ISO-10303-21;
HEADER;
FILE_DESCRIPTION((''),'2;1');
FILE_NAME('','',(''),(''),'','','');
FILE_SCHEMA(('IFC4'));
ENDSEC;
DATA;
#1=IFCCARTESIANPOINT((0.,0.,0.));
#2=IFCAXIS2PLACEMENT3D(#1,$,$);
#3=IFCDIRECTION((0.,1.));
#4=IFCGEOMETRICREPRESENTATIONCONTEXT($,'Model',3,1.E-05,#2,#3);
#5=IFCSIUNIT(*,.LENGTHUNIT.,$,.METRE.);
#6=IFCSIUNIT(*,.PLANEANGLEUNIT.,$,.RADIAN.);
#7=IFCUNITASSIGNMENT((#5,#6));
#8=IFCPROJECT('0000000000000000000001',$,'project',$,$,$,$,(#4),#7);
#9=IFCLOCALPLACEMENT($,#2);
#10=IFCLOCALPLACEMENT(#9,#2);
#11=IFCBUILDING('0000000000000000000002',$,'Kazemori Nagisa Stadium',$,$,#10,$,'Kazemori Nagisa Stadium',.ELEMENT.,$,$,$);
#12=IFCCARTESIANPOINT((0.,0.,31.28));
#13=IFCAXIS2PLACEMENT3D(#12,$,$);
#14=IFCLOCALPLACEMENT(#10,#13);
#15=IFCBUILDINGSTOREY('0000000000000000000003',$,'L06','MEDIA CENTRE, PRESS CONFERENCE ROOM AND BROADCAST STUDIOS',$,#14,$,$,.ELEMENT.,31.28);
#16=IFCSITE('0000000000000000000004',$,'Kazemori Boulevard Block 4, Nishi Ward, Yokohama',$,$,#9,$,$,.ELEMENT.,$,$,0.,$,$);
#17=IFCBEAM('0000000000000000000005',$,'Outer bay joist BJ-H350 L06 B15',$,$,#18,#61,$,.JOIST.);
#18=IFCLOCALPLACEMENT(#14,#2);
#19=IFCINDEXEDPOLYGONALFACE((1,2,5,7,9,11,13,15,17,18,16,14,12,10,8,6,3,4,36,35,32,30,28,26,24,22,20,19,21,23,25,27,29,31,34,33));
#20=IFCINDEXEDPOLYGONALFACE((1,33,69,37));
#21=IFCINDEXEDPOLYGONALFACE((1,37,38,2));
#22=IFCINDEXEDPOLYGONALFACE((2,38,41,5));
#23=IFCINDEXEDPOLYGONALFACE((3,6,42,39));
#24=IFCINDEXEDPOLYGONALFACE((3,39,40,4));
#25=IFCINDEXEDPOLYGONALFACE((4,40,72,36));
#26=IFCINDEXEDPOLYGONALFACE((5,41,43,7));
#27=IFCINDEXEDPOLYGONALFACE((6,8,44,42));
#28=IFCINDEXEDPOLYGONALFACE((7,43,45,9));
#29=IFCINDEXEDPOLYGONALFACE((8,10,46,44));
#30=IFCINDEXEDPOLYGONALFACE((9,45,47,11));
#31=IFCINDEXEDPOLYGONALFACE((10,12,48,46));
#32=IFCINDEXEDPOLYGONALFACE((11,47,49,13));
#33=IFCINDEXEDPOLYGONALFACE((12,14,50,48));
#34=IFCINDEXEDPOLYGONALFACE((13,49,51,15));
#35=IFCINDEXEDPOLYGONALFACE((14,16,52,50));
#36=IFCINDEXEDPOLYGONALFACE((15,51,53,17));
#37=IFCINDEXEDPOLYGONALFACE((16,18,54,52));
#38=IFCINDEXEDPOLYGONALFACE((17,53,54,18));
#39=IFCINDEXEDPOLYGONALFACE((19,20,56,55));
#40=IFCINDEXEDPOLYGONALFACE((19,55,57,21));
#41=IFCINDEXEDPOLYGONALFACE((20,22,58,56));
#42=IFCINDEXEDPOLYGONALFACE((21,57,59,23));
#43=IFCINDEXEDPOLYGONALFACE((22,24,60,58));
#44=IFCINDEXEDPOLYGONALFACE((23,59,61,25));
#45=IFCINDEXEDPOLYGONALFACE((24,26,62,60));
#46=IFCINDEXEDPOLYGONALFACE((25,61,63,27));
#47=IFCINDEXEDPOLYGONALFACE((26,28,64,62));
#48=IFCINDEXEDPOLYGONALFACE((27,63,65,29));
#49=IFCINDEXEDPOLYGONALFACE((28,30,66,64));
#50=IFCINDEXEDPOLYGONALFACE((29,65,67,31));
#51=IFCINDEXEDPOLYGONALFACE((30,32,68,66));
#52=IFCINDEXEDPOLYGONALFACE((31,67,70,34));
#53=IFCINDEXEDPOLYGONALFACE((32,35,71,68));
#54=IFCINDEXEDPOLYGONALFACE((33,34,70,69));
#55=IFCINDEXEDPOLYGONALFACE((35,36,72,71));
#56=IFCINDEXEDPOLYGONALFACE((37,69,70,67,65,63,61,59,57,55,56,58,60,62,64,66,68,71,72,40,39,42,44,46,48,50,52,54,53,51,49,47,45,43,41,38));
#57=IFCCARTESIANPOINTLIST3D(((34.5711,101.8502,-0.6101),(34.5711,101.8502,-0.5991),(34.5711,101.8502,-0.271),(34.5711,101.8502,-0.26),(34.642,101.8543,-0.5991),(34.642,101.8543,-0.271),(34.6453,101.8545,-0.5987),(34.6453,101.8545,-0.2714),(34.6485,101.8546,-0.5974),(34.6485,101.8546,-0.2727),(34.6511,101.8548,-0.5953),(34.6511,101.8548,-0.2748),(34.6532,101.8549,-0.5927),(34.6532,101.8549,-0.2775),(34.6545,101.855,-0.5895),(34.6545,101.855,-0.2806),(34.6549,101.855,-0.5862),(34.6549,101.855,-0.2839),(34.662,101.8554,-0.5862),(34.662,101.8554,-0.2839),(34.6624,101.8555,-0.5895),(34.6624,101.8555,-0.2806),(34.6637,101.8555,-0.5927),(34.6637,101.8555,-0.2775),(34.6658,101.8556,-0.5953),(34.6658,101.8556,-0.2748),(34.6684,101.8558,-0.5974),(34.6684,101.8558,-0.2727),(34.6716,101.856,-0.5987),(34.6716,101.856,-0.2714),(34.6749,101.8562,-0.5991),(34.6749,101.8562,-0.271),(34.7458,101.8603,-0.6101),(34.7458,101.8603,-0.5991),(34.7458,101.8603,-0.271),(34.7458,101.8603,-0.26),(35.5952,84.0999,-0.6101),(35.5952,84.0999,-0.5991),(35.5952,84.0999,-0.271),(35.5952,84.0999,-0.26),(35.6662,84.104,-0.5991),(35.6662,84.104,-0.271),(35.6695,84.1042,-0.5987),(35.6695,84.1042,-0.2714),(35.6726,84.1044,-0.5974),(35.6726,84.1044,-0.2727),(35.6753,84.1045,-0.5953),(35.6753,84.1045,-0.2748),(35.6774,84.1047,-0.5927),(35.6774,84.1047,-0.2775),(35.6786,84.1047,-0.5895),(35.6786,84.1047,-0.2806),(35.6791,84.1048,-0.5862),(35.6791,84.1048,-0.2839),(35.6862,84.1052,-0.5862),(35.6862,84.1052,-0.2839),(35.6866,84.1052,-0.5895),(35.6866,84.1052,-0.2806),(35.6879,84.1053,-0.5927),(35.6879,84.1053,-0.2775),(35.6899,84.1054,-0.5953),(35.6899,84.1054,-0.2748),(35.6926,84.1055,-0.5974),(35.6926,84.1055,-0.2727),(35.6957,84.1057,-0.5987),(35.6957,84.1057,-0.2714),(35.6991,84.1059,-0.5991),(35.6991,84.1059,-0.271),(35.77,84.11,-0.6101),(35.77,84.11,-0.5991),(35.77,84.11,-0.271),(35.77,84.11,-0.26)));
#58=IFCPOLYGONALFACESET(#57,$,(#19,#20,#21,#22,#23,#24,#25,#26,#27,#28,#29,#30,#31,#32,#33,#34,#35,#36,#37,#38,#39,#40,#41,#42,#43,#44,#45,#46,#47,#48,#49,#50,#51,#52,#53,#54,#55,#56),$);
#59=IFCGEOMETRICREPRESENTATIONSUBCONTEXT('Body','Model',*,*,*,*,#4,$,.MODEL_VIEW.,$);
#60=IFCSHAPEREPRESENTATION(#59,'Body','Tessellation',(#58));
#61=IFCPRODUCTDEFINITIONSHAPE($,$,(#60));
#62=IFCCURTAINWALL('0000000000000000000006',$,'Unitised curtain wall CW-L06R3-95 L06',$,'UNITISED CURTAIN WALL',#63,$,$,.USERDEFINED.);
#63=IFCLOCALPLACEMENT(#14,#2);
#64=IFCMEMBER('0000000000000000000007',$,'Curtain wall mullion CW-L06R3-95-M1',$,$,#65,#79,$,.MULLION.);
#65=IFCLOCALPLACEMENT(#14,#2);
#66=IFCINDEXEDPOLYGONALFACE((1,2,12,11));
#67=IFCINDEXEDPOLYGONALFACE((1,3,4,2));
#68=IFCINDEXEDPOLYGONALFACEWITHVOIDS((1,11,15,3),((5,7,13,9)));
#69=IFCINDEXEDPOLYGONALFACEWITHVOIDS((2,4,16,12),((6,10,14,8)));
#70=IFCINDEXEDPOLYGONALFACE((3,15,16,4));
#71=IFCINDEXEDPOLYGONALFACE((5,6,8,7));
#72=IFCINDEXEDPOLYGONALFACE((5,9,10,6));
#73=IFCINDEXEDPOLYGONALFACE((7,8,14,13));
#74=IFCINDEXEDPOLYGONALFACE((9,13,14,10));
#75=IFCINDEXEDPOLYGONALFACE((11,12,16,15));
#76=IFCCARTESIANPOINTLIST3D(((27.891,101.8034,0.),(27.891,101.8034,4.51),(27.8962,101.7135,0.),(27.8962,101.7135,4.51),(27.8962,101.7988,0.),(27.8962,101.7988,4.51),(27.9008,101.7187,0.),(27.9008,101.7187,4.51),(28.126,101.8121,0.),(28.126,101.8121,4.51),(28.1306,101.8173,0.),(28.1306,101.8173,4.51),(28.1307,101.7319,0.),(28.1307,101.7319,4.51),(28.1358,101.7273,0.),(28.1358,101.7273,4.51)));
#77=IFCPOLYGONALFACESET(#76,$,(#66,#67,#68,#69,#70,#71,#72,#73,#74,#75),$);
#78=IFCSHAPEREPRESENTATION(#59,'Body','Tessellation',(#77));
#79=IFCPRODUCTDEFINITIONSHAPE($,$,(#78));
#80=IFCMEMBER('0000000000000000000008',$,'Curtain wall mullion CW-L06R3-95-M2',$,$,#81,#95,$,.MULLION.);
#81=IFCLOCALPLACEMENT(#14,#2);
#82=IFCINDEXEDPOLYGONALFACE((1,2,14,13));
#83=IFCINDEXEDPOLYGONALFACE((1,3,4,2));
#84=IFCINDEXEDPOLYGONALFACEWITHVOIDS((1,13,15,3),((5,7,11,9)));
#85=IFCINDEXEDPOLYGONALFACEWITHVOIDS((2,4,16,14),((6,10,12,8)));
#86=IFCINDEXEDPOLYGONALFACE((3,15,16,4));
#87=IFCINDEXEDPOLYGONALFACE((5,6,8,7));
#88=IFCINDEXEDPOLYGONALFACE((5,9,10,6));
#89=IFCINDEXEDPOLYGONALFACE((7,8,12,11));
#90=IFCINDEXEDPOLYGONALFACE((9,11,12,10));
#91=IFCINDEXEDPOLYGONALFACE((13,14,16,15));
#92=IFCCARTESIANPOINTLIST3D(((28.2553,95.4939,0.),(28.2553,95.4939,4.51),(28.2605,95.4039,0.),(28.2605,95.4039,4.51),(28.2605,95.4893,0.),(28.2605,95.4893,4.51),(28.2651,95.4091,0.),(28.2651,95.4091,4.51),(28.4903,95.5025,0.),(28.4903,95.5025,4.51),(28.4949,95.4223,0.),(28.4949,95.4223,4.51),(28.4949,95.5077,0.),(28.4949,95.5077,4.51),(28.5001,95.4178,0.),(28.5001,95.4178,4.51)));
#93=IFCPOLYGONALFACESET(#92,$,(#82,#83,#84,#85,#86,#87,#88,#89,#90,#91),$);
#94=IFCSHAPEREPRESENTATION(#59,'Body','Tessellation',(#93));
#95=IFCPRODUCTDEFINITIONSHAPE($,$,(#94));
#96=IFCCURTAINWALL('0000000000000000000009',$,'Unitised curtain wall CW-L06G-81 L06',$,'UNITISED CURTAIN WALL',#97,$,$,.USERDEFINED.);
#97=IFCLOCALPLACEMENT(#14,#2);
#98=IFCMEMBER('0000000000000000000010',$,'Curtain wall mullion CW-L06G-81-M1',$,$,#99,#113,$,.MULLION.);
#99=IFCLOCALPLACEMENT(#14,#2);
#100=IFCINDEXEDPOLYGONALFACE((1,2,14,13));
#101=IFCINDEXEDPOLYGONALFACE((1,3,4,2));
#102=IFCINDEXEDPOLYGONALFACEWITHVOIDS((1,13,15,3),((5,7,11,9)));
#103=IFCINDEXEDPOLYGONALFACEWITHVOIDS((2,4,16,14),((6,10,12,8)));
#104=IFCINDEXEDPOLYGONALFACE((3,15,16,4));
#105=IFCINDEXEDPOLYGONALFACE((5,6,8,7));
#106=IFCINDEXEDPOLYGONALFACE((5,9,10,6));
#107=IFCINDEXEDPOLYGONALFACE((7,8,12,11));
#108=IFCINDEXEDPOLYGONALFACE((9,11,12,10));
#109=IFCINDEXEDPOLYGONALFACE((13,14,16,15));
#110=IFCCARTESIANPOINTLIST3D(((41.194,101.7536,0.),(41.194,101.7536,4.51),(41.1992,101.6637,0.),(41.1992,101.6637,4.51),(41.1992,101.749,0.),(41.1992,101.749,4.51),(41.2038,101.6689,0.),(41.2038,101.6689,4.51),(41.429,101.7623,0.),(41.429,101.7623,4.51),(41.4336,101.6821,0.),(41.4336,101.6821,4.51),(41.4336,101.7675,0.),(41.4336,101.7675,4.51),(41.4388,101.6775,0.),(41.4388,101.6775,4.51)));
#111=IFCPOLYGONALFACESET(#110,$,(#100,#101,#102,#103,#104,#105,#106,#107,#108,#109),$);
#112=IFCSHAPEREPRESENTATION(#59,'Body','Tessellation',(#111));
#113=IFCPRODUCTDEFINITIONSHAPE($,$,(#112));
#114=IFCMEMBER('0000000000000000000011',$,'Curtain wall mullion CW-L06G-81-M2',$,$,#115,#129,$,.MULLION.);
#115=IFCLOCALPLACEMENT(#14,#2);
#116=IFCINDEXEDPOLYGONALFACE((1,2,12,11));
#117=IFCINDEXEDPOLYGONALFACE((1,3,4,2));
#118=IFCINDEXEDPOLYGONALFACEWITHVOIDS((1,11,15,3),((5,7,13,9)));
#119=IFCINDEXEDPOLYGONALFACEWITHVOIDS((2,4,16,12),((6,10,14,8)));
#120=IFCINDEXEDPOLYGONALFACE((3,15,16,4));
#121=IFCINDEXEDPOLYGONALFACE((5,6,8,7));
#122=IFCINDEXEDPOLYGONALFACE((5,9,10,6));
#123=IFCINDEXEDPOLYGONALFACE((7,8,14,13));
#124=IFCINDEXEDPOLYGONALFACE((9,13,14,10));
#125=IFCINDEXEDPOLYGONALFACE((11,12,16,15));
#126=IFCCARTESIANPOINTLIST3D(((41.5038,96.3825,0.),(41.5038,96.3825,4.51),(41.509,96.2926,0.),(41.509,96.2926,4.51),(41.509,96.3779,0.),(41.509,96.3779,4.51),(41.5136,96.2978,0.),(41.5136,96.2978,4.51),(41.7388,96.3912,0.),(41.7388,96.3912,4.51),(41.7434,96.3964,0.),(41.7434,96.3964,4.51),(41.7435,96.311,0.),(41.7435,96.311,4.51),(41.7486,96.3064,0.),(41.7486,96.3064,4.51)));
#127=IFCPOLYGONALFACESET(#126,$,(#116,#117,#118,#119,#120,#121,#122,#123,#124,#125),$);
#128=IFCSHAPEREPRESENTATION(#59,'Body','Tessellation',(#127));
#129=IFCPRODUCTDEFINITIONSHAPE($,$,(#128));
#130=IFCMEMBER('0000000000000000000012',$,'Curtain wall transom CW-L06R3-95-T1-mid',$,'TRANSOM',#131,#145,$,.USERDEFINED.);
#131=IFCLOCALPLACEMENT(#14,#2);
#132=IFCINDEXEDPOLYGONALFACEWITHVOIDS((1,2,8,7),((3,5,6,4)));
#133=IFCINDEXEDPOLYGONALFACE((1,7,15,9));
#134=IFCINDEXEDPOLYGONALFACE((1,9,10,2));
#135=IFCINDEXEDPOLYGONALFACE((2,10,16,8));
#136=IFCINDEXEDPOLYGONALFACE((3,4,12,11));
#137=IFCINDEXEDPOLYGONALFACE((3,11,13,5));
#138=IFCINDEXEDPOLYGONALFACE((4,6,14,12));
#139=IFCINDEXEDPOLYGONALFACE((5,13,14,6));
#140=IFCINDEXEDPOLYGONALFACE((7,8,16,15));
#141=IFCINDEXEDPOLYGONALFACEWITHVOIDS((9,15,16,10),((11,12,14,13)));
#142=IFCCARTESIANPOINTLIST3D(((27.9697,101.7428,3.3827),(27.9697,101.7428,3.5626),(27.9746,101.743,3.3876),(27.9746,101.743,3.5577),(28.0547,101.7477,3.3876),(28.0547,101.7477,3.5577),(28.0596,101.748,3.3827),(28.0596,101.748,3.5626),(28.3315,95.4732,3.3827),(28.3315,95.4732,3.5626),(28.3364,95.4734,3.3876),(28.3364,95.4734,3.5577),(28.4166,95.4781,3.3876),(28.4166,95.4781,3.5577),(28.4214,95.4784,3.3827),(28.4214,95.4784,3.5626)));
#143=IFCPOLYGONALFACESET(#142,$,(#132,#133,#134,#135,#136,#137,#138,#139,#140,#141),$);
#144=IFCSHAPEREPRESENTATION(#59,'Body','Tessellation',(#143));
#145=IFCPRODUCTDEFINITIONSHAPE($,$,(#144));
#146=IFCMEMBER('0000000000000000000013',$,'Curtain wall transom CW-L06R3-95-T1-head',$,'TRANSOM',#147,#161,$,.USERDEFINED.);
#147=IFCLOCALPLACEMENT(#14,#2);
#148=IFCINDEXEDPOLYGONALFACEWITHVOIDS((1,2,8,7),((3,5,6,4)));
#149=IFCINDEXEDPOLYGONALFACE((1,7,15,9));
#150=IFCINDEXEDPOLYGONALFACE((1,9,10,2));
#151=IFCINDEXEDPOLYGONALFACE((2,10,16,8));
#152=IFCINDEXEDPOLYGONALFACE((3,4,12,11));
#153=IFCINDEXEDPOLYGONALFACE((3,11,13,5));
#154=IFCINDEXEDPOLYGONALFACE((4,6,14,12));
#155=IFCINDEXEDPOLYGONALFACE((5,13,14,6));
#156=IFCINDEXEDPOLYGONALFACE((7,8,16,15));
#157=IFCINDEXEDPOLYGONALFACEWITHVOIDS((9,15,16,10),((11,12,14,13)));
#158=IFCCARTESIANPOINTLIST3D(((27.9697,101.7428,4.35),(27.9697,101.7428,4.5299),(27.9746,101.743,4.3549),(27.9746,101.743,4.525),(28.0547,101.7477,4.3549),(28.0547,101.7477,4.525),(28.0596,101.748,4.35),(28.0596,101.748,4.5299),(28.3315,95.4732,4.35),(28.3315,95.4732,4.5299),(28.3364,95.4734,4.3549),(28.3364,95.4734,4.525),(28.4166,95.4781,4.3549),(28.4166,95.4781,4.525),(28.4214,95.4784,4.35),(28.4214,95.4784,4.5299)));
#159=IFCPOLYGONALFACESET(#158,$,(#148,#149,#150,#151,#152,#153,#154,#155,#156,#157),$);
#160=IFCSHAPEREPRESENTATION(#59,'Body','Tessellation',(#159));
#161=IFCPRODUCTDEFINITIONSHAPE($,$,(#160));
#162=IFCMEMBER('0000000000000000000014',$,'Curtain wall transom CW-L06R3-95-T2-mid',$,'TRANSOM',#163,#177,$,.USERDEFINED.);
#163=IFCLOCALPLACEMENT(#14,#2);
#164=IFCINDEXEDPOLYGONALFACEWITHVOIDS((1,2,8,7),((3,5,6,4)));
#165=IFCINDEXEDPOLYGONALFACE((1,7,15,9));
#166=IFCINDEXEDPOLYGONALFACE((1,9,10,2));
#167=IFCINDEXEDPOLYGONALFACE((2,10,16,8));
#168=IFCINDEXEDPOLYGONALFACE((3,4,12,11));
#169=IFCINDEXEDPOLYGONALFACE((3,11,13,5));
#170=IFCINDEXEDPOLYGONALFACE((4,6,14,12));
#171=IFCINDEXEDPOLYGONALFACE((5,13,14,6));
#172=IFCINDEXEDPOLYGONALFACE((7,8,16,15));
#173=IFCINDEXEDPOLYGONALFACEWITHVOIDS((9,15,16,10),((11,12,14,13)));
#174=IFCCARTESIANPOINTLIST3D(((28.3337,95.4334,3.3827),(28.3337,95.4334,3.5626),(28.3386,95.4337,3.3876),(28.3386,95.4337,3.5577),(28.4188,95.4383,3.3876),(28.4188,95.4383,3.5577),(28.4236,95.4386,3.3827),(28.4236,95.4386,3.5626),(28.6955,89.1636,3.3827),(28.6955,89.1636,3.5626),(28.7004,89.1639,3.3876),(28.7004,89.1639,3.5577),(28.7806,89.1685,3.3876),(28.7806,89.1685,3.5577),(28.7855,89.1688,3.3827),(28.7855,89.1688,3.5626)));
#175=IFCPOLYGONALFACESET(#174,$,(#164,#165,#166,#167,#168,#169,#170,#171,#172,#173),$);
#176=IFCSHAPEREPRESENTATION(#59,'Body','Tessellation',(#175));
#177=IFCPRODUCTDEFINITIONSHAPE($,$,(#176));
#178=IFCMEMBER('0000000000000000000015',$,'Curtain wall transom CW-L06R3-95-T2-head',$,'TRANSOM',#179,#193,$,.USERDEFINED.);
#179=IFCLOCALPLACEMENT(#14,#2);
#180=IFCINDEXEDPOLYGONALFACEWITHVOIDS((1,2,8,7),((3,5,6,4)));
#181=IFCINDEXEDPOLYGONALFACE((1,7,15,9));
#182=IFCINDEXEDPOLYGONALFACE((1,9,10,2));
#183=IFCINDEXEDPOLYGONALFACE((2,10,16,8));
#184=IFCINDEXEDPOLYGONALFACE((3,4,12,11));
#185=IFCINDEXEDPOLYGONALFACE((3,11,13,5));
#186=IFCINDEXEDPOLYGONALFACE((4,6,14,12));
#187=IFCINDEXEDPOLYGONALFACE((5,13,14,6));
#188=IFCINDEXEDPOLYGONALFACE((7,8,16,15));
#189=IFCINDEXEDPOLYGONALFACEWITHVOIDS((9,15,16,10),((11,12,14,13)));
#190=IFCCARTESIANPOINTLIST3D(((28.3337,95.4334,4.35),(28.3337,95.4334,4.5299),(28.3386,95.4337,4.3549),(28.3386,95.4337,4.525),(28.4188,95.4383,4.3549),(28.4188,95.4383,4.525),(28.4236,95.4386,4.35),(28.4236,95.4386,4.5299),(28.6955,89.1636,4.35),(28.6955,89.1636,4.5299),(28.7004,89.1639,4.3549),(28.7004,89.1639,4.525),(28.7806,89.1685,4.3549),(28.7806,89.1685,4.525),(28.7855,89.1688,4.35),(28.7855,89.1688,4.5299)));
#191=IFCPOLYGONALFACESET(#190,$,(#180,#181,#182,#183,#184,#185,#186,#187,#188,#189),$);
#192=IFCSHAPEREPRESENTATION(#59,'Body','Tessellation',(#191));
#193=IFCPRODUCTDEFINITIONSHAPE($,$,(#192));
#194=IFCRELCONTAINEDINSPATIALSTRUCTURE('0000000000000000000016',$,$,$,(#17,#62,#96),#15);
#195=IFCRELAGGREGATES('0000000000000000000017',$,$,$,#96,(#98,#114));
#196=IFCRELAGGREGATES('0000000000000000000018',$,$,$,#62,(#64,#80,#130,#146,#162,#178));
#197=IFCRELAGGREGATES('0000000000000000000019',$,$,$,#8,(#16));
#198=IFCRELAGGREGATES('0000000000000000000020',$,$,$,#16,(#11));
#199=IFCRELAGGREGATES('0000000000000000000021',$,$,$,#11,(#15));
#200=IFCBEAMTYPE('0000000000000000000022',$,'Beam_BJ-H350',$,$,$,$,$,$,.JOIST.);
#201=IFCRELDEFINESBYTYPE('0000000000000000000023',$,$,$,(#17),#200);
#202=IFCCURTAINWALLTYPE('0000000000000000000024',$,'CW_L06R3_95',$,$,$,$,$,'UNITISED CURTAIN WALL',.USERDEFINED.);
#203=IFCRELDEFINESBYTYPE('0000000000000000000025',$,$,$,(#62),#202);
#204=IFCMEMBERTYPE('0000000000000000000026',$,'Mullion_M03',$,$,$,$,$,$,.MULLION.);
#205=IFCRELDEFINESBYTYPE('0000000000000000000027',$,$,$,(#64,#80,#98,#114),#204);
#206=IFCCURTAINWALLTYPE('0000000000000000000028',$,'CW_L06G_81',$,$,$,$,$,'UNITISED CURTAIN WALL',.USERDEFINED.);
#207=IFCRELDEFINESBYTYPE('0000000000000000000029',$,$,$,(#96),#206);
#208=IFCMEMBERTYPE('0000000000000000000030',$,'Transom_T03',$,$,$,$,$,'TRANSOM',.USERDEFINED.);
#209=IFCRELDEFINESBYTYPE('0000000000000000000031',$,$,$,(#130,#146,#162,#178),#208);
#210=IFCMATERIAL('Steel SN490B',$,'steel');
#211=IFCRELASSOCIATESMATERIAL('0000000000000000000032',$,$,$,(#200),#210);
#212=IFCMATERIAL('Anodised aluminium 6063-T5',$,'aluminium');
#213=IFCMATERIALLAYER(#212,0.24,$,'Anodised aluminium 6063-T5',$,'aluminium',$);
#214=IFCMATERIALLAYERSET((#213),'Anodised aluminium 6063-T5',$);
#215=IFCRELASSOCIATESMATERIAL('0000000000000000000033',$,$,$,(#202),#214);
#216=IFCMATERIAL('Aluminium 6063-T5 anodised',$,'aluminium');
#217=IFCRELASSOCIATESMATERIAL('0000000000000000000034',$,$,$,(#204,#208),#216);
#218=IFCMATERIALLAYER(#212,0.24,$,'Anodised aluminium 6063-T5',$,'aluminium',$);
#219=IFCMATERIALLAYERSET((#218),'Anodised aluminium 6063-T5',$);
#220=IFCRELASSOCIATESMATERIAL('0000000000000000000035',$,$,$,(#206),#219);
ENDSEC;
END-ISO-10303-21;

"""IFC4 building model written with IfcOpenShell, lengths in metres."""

from ifc_helpers import new_model, si_unit, direction, frame, origin, origin_2d, place, context, subcontext, project, spatial, hollow_rectangle, i_section, extrude, material, layer, layer_set, material_profile, profile_set, type_object, element, aggregate, save


model = new_model("IFC4")

# Units and contexts
model_context = context("Model", 3, precision=1e-05, world=origin(), true_north=direction((0.0, 1.0)))
body_context = subcontext(model_context, "Body", "Model", "MODEL_VIEW")
ifc_project = project(units=[si_unit("LENGTHUNIT", "METRE"), si_unit("PLANEANGLEUNIT", "RADIAN")], contexts=[model_context])

# Site, building, storey
site_placement = place(None, origin())
site = spatial("IfcSite", under=ifc_project, at=site_placement, Name="Kazemori Boulevard Block 4, Nishi Ward, Yokohama", CompositionType="ELEMENT", RefElevation=0.0)
building_placement = place(site_placement, origin())
building = spatial("IfcBuilding", under=site, at=building_placement, Name="Kazemori Nagisa Stadium", LongName="Kazemori Nagisa Stadium", CompositionType="ELEMENT")
storey_placement = place(building_placement, frame((0.0, 0.0, 31.28)))
storey = spatial("IfcBuildingStorey", under=building, at=storey_placement, Name="L06", Description="MEDIA CENTRE, PRESS CONFERENCE ROOM AND BROADCAST STUDIOS", CompositionType="ELEMENT", Elevation=31.28)

# Beam
ifc_material_1 = material(Name="Steel SN490B", Category="steel")
ifc_material_profile_1 = material_profile(ifc_material_1, i_section(OverallWidth=0.175, OverallDepth=0.3501, WebThickness=0.0071, FlangeThickness=0.011, FilletRadius=0.0129, at=origin_2d()), Name="H-350x175x7x11")
ifc_profile_set_1 = profile_set([ifc_material_profile_1], Name="Steel SN490B")
beam_type = type_object("IfcBeamType", Name="Beam_BJ-H350", PredefinedType="JOIST", material=ifc_profile_set_1)
beam_placement = place(storey_placement, frame((34.6584, 101.8552, -0.4351), z_axis=(0.057603, -0.99834, 0.0), x_axis=(0.99834, 0.057603, 0.0)))
element("IfcBeam", 1, at=beam_placement, inside=storey, type_object=beam_type, Name="Outer bay joist BJ-H350 L06 B15", PredefinedType="JOIST", context=body_context, shape_type="SweptSolid", body=[
    extrude(i_section(OverallWidth=0.175, OverallDepth=0.3501, WebThickness=0.0071, FlangeThickness=0.011, FilletRadius=0.0129, at=origin_2d()), origin(), (0.0, 0.0, 1.0), 17.7798),
])

# Curtain walls, members
ifc_material_2 = material(Name="Anodised aluminium 6063-T5", Category="aluminium")
ifc_layer_1 = layer(ifc_material_2, 0.24, Name="Anodised aluminium 6063-T5", Category="aluminium")
ifc_layer_set_1 = layer_set([ifc_layer_1], Name="Anodised aluminium 6063-T5")
curtain_wall_type_1 = type_object("IfcCurtainWallType", Name="CW_L06R3_95", ElementType="UNITISED CURTAIN WALL", PredefinedType="USERDEFINED", material=ifc_layer_set_1)
curtain_wall_1_placement = place(storey_placement, origin())
curtain_wall_1 = element("IfcCurtainWall", 2, at=curtain_wall_1_placement, inside=storey, type_object=curtain_wall_type_1, Name="Unitised curtain wall CW-L06R3-95 L06", ObjectType="UNITISED CURTAIN WALL", PredefinedType="USERDEFINED")
ifc_material_3 = material(Name="Aluminium 6063-T5 anodised", Category="aluminium")
ifc_material_profile_2 = material_profile(ifc_material_3, hollow_rectangle(XDim=0.0901, YDim=0.24, WallThickness=0.0049, at=origin_2d()), Name="ALU-MULL-90x240x5")
ifc_profile_set_2 = profile_set([ifc_material_profile_2], Name="Aluminium 6063-T5 anodised")
member_type_1 = type_object("IfcMemberType", Name="Mullion_M03", PredefinedType="MULLION", material=ifc_profile_set_2)
member_1_placement = place(storey_placement, frame((28.0134, 101.7654, 0.0), z_axis=(0.0, 0.0, 1.0), x_axis=(0.057602, -0.99834, 0.0)))
member_1 = element("IfcMember", 3, at=member_1_placement, type_object=member_type_1, Name="Curtain wall mullion CW-L06R3-95-M1", PredefinedType="MULLION", context=body_context, shape_type="SweptSolid", body=[
    extrude(hollow_rectangle(XDim=0.0901, YDim=0.24, WallThickness=0.0049, at=origin_2d()), origin(), (0.0, 0.0, 1.0), 4.51),
])
member_2_placement = place(storey_placement, frame((28.3777, 95.4558, 0.0), z_axis=(0.0, 0.0, 1.0), x_axis=(0.057602, -0.99834, 0.0)))
member_2 = element("IfcMember", 4, at=member_2_placement, type_object=member_type_1, Name="Curtain wall mullion CW-L06R3-95-M2", PredefinedType="MULLION", context=body_context, shape_type="SweptSolid", body=[
    extrude(hollow_rectangle(XDim=0.0901, YDim=0.24, WallThickness=0.0049, at=origin_2d()), origin(), (0.0, 0.0, 1.0), 4.51),
])
ifc_layer_2 = layer(ifc_material_2, 0.24, Name="Anodised aluminium 6063-T5", Category="aluminium")
ifc_layer_set_2 = layer_set([ifc_layer_2], Name="Anodised aluminium 6063-T5")
curtain_wall_type_2 = type_object("IfcCurtainWallType", Name="CW_L06G_81", ElementType="UNITISED CURTAIN WALL", PredefinedType="USERDEFINED", material=ifc_layer_set_2)
curtain_wall_2_placement = place(storey_placement, origin())
curtain_wall_2 = element("IfcCurtainWall", 5, at=curtain_wall_2_placement, inside=storey, type_object=curtain_wall_type_2, Name="Unitised curtain wall CW-L06G-81 L06", ObjectType="UNITISED CURTAIN WALL", PredefinedType="USERDEFINED")
member_3_placement = place(storey_placement, frame((41.3164, 101.7156, 0.0), z_axis=(0.0, 0.0, 1.0), x_axis=(0.057602, -0.99834, 0.0)))
member_3 = element("IfcMember", 6, at=member_3_placement, type_object=member_type_1, Name="Curtain wall mullion CW-L06G-81-M1", PredefinedType="MULLION", context=body_context, shape_type="SweptSolid", body=[
    extrude(hollow_rectangle(XDim=0.0901, YDim=0.24, WallThickness=0.0049, at=origin_2d()), origin(), (0.0, 0.0, 1.0), 4.51),
])
member_4_placement = place(storey_placement, frame((41.6262, 96.3445, 0.0), z_axis=(0.0, 0.0, 1.0), x_axis=(0.057602, -0.99834, 0.0)))
member_4 = element("IfcMember", 7, at=member_4_placement, type_object=member_type_1, Name="Curtain wall mullion CW-L06G-81-M2", PredefinedType="MULLION", context=body_context, shape_type="SweptSolid", body=[
    extrude(hollow_rectangle(XDim=0.0901, YDim=0.24, WallThickness=0.0049, at=origin_2d()), origin(), (0.0, 0.0, 1.0), 4.51),
])

# Members
ifc_material_profile_3 = material_profile(ifc_material_3, hollow_rectangle(XDim=0.0901, YDim=0.1799, WallThickness=0.0049, at=origin_2d()), Name="ALU-TRAN-90x180x5")
ifc_profile_set_3 = profile_set([ifc_material_profile_3], Name="Aluminium 6063-T5 anodised")
member_type_2 = type_object("IfcMemberType", Name="Transom_T03", ElementType="TRANSOM", PredefinedType="USERDEFINED", material=ifc_profile_set_3)
member_5_placement = place(storey_placement, frame((28.0146, 101.7454, 3.4727), z_axis=(0.057614, -0.998339, 0.0), x_axis=(0.998339, 0.057614, 0.0)))
member_5 = element("IfcMember", 8, at=member_5_placement, type_object=member_type_2, Name="Curtain wall transom CW-L06R3-95-T1-mid", ObjectType="TRANSOM", PredefinedType="USERDEFINED", context=body_context, shape_type="SweptSolid", body=[
    extrude(hollow_rectangle(XDim=0.0901, YDim=0.1799, WallThickness=0.0049, at=origin_2d()), origin(), (0.0, 0.0, 1.0), 6.28),
])
member_6_placement = place(storey_placement, frame((28.0146, 101.7454, 4.4399), z_axis=(0.057614, -0.998339, 0.0), x_axis=(0.998339, 0.057614, 0.0)))
member_6 = element("IfcMember", 9, at=member_6_placement, type_object=member_type_2, Name="Curtain wall transom CW-L06R3-95-T1-head", ObjectType="TRANSOM", PredefinedType="USERDEFINED", context=body_context, shape_type="SweptSolid", body=[
    extrude(hollow_rectangle(XDim=0.0901, YDim=0.1799, WallThickness=0.0049, at=origin_2d()), origin(), (0.0, 0.0, 1.0), 6.28),
])
member_7_placement = place(storey_placement, frame((28.3787, 95.436, 3.4727), z_axis=(0.057612, -0.998339, 0.0), x_axis=(0.998339, 0.057612, 0.0)))
member_7 = element("IfcMember", 10, at=member_7_placement, type_object=member_type_2, Name="Curtain wall transom CW-L06R3-95-T2-mid", ObjectType="TRANSOM", PredefinedType="USERDEFINED", context=body_context, shape_type="SweptSolid", body=[
    extrude(hollow_rectangle(XDim=0.0901, YDim=0.1799, WallThickness=0.0049, at=origin_2d()), origin(), (0.0, 0.0, 1.0), 6.2803),
])
member_8_placement = place(storey_placement, frame((28.3787, 95.436, 4.4399), z_axis=(0.057612, -0.998339, 0.0), x_axis=(0.998339, 0.057612, 0.0)))
member_8 = element("IfcMember", 11, at=member_8_placement, type_object=member_type_2, Name="Curtain wall transom CW-L06R3-95-T2-head", ObjectType="TRANSOM", PredefinedType="USERDEFINED", context=body_context, shape_type="SweptSolid", body=[
    extrude(hollow_rectangle(XDim=0.0901, YDim=0.1799, WallThickness=0.0049, at=origin_2d()), origin(), (0.0, 0.0, 1.0), 6.2803),
])

aggregate(curtain_wall_2, [member_3, member_4])
aggregate(curtain_wall_1, [member_1, member_2, member_5, member_6, member_7, member_8])

save(model, "model.ifc")
